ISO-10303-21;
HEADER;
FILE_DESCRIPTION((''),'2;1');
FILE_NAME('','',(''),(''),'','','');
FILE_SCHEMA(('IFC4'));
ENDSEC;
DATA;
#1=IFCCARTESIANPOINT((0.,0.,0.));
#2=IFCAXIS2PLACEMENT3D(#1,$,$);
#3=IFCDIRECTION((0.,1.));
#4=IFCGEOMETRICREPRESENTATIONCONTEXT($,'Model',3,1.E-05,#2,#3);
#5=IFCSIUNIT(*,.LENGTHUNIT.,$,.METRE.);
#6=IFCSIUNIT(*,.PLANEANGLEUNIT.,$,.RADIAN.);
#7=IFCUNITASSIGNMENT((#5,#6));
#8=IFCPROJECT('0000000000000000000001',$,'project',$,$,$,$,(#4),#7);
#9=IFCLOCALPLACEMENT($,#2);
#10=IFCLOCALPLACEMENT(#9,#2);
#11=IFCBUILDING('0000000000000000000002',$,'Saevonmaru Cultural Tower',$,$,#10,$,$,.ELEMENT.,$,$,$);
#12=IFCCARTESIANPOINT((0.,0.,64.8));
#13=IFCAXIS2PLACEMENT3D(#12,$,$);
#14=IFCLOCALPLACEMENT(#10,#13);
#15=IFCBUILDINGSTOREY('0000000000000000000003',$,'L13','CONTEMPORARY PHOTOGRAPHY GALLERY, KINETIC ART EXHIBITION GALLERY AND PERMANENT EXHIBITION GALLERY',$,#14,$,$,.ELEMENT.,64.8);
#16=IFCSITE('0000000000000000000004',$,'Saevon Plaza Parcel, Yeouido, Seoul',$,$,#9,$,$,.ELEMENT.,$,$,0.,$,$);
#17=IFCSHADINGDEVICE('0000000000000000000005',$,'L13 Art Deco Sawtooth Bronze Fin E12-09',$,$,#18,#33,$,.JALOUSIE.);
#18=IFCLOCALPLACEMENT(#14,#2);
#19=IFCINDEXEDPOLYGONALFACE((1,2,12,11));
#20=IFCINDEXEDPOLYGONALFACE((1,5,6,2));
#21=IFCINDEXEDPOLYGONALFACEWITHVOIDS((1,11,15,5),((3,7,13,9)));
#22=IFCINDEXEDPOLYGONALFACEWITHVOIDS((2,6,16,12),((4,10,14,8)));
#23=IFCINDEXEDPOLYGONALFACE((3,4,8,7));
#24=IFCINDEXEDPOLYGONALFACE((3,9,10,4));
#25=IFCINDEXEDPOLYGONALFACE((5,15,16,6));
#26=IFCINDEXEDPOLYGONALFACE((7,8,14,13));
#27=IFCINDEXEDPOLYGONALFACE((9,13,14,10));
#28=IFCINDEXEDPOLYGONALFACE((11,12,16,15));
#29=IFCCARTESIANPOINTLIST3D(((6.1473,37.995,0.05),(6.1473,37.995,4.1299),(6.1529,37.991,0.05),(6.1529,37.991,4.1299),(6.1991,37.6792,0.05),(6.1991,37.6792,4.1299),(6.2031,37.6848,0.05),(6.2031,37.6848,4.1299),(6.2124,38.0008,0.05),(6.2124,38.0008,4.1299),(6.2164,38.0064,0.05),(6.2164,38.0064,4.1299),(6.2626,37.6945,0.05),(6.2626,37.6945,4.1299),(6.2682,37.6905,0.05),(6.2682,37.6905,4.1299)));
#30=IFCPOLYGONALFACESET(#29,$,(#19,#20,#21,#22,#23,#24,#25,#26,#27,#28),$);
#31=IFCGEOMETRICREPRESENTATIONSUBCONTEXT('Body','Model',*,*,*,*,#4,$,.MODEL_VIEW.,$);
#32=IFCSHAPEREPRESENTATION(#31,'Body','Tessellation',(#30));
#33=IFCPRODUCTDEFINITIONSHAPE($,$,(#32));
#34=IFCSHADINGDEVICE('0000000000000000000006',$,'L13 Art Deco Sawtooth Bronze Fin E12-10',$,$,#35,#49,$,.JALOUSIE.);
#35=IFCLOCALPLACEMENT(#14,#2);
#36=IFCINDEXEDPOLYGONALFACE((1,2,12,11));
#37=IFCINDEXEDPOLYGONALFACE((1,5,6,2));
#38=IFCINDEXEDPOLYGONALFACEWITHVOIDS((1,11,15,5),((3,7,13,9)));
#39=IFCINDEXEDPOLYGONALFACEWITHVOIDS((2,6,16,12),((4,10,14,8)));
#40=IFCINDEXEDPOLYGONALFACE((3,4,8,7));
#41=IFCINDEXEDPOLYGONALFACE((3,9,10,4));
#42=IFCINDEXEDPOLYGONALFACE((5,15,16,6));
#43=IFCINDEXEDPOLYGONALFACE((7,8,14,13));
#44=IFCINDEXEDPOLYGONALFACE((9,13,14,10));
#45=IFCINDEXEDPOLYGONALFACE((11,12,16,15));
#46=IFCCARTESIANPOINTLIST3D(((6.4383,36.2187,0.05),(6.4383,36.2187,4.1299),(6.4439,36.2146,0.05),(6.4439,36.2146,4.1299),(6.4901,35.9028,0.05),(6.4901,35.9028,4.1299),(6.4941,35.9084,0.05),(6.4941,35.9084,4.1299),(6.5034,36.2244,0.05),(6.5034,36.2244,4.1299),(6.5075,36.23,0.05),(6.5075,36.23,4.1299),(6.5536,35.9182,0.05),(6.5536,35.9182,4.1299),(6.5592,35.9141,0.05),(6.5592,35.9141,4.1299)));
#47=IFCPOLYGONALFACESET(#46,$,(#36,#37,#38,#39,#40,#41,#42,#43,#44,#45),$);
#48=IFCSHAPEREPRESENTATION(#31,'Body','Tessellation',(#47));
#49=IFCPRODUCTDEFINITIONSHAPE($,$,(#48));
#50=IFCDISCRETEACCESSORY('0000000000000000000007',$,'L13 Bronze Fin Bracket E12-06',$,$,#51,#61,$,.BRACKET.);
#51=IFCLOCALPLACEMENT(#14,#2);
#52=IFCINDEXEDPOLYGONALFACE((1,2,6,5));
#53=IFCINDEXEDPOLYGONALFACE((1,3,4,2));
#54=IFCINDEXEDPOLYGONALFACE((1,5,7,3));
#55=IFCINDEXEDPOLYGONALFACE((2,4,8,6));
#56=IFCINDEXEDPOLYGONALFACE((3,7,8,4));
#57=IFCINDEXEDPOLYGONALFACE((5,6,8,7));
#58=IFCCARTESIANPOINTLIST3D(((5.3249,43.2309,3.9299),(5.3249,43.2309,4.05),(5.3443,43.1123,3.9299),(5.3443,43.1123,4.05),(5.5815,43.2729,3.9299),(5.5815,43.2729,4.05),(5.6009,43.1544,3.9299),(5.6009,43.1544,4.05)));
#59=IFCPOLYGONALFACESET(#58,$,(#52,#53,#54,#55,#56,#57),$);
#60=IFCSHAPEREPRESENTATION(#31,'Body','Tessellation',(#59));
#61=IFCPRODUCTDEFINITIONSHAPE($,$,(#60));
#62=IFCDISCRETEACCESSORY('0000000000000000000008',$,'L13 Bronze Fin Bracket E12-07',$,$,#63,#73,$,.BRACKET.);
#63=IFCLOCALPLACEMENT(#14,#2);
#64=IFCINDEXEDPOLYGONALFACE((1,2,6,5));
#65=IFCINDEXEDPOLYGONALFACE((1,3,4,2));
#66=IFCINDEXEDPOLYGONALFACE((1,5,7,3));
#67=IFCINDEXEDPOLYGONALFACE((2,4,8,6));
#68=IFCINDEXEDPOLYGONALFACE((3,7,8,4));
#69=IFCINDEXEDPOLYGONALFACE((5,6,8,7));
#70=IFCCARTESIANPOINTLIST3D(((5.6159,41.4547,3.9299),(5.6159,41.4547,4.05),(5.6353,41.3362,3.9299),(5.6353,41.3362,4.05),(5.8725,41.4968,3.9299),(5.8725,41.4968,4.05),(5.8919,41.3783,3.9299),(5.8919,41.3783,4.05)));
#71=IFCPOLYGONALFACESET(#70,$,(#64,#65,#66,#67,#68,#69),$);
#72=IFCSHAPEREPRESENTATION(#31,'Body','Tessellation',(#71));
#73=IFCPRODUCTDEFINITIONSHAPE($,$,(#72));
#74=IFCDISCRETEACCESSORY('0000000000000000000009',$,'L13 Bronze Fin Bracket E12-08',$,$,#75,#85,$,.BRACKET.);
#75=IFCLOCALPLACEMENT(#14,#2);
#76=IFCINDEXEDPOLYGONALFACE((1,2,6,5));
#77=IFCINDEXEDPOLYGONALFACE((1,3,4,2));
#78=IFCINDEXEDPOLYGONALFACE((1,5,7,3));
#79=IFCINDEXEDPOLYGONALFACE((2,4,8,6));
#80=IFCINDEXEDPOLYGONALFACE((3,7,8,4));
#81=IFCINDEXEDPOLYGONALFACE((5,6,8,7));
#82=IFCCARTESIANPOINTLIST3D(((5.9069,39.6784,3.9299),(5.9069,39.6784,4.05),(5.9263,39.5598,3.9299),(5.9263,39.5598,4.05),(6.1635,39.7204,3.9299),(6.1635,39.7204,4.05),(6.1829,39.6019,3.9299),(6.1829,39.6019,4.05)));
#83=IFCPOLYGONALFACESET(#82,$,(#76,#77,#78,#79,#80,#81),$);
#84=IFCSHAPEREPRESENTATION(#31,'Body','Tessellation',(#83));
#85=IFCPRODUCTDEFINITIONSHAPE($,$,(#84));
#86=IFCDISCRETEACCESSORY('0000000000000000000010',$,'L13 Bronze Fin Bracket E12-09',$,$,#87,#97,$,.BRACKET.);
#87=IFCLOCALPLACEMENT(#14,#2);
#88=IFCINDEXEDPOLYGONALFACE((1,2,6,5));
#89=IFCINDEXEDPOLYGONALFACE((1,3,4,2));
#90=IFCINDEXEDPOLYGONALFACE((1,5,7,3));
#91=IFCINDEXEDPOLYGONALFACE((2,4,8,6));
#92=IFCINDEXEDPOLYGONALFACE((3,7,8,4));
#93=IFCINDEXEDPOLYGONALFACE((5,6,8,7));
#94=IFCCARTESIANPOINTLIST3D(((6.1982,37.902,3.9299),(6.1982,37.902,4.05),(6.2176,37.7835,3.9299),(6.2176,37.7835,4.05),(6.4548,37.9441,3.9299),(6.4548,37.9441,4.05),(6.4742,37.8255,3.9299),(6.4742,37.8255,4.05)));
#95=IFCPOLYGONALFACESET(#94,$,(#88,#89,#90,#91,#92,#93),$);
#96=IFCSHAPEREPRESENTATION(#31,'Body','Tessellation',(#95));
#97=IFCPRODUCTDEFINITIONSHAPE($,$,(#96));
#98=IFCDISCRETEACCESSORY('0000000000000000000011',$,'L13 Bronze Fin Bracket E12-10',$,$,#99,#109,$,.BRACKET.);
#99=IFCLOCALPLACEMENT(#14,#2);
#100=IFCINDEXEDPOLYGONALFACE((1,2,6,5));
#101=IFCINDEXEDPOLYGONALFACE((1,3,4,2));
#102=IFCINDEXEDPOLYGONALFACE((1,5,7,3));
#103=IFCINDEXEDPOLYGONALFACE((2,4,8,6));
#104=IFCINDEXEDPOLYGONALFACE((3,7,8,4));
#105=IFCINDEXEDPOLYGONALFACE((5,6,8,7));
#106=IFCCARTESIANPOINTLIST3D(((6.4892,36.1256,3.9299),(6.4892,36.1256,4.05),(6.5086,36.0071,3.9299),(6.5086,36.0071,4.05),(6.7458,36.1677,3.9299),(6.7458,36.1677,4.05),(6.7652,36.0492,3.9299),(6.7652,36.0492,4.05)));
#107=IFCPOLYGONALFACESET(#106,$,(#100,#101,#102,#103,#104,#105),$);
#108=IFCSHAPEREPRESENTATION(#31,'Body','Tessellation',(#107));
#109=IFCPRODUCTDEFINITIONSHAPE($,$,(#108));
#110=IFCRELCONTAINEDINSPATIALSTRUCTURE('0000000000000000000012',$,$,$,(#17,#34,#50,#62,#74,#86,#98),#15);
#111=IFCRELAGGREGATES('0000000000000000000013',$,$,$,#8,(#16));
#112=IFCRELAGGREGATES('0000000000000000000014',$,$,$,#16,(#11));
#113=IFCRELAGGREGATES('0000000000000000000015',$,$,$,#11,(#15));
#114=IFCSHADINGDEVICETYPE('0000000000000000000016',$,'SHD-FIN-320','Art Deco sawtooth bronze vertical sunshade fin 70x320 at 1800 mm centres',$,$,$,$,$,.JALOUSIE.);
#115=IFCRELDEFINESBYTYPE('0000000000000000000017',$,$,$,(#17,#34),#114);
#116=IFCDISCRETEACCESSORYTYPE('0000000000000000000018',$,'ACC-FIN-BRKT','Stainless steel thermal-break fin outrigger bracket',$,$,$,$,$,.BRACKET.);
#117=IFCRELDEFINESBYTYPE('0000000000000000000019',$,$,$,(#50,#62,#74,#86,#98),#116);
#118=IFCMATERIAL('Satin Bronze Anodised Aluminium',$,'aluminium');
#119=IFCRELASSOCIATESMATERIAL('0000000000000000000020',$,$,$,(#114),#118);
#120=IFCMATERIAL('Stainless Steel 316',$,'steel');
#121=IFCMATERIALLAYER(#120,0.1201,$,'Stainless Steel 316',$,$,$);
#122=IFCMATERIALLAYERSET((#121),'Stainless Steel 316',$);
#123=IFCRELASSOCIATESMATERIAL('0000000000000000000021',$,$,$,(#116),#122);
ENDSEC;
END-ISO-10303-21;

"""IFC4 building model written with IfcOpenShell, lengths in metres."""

from ifc_helpers import new_model, si_unit, direction, frame, origin, origin_2d, place, context, subcontext, project, spatial, rectangle, hollow_rectangle, extrude, material, layer, layer_set, material_profile, profile_set, type_object, element, save


model = new_model("IFC4")

# Units and contexts
model_context = context("Model", 3, precision=1e-05, world=origin(), true_north=direction((0.0, 1.0)))
body_context = subcontext(model_context, "Body", "Model", "MODEL_VIEW")
ifc_project = project(units=[si_unit("LENGTHUNIT", "METRE"), si_unit("PLANEANGLEUNIT", "RADIAN")], contexts=[model_context])

# Site, building, storey
site_placement = place(None, origin())
site = spatial("IfcSite", under=ifc_project, at=site_placement, Name="Saevon Plaza Parcel, Yeouido, Seoul", CompositionType="ELEMENT", RefElevation=0.0)
building_placement = place(site_placement, origin())
building = spatial("IfcBuilding", under=site, at=building_placement, Name="Saevonmaru Cultural Tower", CompositionType="ELEMENT")
storey_placement = place(building_placement, frame((0.0, 0.0, 64.8)))
storey = spatial("IfcBuildingStorey", under=building, at=storey_placement, Name="L13", Description="CONTEMPORARY PHOTOGRAPHY GALLERY, KINETIC ART EXHIBITION GALLERY AND PERMANENT EXHIBITION GALLERY", CompositionType="ELEMENT", Elevation=64.8)

# Shared definitions
ifc_material_1 = material(Name="Satin Bronze Anodised Aluminium", Category="aluminium")

# Shading devices
ifc_material_profile_1 = material_profile(ifc_material_1, hollow_rectangle(XDim=0.0701, YDim=0.3201, WallThickness=0.0049, at=origin_2d()), Name="FIN-320x70")
ifc_profile_set_1 = profile_set([ifc_material_profile_1], Name="Satin Bronze Anodised Aluminium")
shading_device_type = type_object("IfcShadingDeviceType", Name="SHD-FIN-320", Description="Art Deco sawtooth bronze vertical sunshade fin 70x320 at 1800 mm centres", PredefinedType="JALOUSIE", material=ifc_profile_set_1)
for number, where, z_axis, x_axis, name in (
    (1, (6.2078, 37.8428, 0.05), (0.0, 0.0, 1.0), (-0.986827, -0.161776, 0.0), "L13 Art Deco Sawtooth Bronze Fin E12-09"),
    (2, (6.4988, 36.0664, 0.05), (0.0, 0.0, 1.0), (-0.986827, -0.161776, 0.0), "L13 Art Deco Sawtooth Bronze Fin E12-10"),
):
    element("IfcShadingDevice", number, at=place(storey_placement, frame(where, z_axis=z_axis, x_axis=x_axis)), inside=storey, type_object=shading_device_type, Name=name, PredefinedType="JALOUSIE", context=body_context, shape_type="SweptSolid", body=[
        extrude(hollow_rectangle(XDim=0.0701, YDim=0.3201, WallThickness=0.0049, at=origin_2d()), origin(), (0.0, 0.0, 1.0), 4.0798),
    ])

# Discrete accessories
ifc_material_2 = material(Name="Stainless Steel 316", Category="steel")
ifc_layer_1 = layer(ifc_material_2, 0.1201, Name="Stainless Steel 316")
ifc_layer_set_1 = layer_set([ifc_layer_1], Name="Stainless Steel 316")
discrete_accessory_type = type_object("IfcDiscreteAccessoryType", Name="ACC-FIN-BRKT", Description="Stainless steel thermal-break fin outrigger bracket", PredefinedType="BRACKET", material=ifc_layer_set_1)
for number, where, z_axis, x_axis, name in (
    (3, (5.4629, 43.1926, 3.9299), (0.0, 0.0, 1.0), (-0.986827, -0.161776, 0.0), "L13 Bronze Fin Bracket E12-06"),
    (4, (5.7539, 41.4165, 3.9299), (0.0, 0.0, 1.0), (-0.986827, -0.161776, 0.0), "L13 Bronze Fin Bracket E12-07"),
    (5, (6.0449, 39.6401, 3.9299), (0.0, 0.0, 1.0), (-0.986827, -0.161776, 0.0), "L13 Bronze Fin Bracket E12-08"),
    (6, (6.3362, 37.8638, 3.9299), (0.0, 0.0, 1.0), (-0.986827, -0.161776, 0.0), "L13 Bronze Fin Bracket E12-09"),
    (7, (6.6272, 36.0874, 3.9299), (0.0, 0.0, 1.0), (-0.986827, -0.161776, 0.0), "L13 Bronze Fin Bracket E12-10"),
):
    element("IfcDiscreteAccessory", number, at=place(storey_placement, frame(where, z_axis=z_axis, x_axis=x_axis)), inside=storey, type_object=discrete_accessory_type, Name=name, PredefinedType="BRACKET", context=body_context, shape_type="SweptSolid", body=[
        extrude(rectangle(XDim=0.26, YDim=0.1201, at=origin_2d()), origin(), (0.0, 0.0, 1.0), 0.1201),
    ])

save(model, "model.ifc")
